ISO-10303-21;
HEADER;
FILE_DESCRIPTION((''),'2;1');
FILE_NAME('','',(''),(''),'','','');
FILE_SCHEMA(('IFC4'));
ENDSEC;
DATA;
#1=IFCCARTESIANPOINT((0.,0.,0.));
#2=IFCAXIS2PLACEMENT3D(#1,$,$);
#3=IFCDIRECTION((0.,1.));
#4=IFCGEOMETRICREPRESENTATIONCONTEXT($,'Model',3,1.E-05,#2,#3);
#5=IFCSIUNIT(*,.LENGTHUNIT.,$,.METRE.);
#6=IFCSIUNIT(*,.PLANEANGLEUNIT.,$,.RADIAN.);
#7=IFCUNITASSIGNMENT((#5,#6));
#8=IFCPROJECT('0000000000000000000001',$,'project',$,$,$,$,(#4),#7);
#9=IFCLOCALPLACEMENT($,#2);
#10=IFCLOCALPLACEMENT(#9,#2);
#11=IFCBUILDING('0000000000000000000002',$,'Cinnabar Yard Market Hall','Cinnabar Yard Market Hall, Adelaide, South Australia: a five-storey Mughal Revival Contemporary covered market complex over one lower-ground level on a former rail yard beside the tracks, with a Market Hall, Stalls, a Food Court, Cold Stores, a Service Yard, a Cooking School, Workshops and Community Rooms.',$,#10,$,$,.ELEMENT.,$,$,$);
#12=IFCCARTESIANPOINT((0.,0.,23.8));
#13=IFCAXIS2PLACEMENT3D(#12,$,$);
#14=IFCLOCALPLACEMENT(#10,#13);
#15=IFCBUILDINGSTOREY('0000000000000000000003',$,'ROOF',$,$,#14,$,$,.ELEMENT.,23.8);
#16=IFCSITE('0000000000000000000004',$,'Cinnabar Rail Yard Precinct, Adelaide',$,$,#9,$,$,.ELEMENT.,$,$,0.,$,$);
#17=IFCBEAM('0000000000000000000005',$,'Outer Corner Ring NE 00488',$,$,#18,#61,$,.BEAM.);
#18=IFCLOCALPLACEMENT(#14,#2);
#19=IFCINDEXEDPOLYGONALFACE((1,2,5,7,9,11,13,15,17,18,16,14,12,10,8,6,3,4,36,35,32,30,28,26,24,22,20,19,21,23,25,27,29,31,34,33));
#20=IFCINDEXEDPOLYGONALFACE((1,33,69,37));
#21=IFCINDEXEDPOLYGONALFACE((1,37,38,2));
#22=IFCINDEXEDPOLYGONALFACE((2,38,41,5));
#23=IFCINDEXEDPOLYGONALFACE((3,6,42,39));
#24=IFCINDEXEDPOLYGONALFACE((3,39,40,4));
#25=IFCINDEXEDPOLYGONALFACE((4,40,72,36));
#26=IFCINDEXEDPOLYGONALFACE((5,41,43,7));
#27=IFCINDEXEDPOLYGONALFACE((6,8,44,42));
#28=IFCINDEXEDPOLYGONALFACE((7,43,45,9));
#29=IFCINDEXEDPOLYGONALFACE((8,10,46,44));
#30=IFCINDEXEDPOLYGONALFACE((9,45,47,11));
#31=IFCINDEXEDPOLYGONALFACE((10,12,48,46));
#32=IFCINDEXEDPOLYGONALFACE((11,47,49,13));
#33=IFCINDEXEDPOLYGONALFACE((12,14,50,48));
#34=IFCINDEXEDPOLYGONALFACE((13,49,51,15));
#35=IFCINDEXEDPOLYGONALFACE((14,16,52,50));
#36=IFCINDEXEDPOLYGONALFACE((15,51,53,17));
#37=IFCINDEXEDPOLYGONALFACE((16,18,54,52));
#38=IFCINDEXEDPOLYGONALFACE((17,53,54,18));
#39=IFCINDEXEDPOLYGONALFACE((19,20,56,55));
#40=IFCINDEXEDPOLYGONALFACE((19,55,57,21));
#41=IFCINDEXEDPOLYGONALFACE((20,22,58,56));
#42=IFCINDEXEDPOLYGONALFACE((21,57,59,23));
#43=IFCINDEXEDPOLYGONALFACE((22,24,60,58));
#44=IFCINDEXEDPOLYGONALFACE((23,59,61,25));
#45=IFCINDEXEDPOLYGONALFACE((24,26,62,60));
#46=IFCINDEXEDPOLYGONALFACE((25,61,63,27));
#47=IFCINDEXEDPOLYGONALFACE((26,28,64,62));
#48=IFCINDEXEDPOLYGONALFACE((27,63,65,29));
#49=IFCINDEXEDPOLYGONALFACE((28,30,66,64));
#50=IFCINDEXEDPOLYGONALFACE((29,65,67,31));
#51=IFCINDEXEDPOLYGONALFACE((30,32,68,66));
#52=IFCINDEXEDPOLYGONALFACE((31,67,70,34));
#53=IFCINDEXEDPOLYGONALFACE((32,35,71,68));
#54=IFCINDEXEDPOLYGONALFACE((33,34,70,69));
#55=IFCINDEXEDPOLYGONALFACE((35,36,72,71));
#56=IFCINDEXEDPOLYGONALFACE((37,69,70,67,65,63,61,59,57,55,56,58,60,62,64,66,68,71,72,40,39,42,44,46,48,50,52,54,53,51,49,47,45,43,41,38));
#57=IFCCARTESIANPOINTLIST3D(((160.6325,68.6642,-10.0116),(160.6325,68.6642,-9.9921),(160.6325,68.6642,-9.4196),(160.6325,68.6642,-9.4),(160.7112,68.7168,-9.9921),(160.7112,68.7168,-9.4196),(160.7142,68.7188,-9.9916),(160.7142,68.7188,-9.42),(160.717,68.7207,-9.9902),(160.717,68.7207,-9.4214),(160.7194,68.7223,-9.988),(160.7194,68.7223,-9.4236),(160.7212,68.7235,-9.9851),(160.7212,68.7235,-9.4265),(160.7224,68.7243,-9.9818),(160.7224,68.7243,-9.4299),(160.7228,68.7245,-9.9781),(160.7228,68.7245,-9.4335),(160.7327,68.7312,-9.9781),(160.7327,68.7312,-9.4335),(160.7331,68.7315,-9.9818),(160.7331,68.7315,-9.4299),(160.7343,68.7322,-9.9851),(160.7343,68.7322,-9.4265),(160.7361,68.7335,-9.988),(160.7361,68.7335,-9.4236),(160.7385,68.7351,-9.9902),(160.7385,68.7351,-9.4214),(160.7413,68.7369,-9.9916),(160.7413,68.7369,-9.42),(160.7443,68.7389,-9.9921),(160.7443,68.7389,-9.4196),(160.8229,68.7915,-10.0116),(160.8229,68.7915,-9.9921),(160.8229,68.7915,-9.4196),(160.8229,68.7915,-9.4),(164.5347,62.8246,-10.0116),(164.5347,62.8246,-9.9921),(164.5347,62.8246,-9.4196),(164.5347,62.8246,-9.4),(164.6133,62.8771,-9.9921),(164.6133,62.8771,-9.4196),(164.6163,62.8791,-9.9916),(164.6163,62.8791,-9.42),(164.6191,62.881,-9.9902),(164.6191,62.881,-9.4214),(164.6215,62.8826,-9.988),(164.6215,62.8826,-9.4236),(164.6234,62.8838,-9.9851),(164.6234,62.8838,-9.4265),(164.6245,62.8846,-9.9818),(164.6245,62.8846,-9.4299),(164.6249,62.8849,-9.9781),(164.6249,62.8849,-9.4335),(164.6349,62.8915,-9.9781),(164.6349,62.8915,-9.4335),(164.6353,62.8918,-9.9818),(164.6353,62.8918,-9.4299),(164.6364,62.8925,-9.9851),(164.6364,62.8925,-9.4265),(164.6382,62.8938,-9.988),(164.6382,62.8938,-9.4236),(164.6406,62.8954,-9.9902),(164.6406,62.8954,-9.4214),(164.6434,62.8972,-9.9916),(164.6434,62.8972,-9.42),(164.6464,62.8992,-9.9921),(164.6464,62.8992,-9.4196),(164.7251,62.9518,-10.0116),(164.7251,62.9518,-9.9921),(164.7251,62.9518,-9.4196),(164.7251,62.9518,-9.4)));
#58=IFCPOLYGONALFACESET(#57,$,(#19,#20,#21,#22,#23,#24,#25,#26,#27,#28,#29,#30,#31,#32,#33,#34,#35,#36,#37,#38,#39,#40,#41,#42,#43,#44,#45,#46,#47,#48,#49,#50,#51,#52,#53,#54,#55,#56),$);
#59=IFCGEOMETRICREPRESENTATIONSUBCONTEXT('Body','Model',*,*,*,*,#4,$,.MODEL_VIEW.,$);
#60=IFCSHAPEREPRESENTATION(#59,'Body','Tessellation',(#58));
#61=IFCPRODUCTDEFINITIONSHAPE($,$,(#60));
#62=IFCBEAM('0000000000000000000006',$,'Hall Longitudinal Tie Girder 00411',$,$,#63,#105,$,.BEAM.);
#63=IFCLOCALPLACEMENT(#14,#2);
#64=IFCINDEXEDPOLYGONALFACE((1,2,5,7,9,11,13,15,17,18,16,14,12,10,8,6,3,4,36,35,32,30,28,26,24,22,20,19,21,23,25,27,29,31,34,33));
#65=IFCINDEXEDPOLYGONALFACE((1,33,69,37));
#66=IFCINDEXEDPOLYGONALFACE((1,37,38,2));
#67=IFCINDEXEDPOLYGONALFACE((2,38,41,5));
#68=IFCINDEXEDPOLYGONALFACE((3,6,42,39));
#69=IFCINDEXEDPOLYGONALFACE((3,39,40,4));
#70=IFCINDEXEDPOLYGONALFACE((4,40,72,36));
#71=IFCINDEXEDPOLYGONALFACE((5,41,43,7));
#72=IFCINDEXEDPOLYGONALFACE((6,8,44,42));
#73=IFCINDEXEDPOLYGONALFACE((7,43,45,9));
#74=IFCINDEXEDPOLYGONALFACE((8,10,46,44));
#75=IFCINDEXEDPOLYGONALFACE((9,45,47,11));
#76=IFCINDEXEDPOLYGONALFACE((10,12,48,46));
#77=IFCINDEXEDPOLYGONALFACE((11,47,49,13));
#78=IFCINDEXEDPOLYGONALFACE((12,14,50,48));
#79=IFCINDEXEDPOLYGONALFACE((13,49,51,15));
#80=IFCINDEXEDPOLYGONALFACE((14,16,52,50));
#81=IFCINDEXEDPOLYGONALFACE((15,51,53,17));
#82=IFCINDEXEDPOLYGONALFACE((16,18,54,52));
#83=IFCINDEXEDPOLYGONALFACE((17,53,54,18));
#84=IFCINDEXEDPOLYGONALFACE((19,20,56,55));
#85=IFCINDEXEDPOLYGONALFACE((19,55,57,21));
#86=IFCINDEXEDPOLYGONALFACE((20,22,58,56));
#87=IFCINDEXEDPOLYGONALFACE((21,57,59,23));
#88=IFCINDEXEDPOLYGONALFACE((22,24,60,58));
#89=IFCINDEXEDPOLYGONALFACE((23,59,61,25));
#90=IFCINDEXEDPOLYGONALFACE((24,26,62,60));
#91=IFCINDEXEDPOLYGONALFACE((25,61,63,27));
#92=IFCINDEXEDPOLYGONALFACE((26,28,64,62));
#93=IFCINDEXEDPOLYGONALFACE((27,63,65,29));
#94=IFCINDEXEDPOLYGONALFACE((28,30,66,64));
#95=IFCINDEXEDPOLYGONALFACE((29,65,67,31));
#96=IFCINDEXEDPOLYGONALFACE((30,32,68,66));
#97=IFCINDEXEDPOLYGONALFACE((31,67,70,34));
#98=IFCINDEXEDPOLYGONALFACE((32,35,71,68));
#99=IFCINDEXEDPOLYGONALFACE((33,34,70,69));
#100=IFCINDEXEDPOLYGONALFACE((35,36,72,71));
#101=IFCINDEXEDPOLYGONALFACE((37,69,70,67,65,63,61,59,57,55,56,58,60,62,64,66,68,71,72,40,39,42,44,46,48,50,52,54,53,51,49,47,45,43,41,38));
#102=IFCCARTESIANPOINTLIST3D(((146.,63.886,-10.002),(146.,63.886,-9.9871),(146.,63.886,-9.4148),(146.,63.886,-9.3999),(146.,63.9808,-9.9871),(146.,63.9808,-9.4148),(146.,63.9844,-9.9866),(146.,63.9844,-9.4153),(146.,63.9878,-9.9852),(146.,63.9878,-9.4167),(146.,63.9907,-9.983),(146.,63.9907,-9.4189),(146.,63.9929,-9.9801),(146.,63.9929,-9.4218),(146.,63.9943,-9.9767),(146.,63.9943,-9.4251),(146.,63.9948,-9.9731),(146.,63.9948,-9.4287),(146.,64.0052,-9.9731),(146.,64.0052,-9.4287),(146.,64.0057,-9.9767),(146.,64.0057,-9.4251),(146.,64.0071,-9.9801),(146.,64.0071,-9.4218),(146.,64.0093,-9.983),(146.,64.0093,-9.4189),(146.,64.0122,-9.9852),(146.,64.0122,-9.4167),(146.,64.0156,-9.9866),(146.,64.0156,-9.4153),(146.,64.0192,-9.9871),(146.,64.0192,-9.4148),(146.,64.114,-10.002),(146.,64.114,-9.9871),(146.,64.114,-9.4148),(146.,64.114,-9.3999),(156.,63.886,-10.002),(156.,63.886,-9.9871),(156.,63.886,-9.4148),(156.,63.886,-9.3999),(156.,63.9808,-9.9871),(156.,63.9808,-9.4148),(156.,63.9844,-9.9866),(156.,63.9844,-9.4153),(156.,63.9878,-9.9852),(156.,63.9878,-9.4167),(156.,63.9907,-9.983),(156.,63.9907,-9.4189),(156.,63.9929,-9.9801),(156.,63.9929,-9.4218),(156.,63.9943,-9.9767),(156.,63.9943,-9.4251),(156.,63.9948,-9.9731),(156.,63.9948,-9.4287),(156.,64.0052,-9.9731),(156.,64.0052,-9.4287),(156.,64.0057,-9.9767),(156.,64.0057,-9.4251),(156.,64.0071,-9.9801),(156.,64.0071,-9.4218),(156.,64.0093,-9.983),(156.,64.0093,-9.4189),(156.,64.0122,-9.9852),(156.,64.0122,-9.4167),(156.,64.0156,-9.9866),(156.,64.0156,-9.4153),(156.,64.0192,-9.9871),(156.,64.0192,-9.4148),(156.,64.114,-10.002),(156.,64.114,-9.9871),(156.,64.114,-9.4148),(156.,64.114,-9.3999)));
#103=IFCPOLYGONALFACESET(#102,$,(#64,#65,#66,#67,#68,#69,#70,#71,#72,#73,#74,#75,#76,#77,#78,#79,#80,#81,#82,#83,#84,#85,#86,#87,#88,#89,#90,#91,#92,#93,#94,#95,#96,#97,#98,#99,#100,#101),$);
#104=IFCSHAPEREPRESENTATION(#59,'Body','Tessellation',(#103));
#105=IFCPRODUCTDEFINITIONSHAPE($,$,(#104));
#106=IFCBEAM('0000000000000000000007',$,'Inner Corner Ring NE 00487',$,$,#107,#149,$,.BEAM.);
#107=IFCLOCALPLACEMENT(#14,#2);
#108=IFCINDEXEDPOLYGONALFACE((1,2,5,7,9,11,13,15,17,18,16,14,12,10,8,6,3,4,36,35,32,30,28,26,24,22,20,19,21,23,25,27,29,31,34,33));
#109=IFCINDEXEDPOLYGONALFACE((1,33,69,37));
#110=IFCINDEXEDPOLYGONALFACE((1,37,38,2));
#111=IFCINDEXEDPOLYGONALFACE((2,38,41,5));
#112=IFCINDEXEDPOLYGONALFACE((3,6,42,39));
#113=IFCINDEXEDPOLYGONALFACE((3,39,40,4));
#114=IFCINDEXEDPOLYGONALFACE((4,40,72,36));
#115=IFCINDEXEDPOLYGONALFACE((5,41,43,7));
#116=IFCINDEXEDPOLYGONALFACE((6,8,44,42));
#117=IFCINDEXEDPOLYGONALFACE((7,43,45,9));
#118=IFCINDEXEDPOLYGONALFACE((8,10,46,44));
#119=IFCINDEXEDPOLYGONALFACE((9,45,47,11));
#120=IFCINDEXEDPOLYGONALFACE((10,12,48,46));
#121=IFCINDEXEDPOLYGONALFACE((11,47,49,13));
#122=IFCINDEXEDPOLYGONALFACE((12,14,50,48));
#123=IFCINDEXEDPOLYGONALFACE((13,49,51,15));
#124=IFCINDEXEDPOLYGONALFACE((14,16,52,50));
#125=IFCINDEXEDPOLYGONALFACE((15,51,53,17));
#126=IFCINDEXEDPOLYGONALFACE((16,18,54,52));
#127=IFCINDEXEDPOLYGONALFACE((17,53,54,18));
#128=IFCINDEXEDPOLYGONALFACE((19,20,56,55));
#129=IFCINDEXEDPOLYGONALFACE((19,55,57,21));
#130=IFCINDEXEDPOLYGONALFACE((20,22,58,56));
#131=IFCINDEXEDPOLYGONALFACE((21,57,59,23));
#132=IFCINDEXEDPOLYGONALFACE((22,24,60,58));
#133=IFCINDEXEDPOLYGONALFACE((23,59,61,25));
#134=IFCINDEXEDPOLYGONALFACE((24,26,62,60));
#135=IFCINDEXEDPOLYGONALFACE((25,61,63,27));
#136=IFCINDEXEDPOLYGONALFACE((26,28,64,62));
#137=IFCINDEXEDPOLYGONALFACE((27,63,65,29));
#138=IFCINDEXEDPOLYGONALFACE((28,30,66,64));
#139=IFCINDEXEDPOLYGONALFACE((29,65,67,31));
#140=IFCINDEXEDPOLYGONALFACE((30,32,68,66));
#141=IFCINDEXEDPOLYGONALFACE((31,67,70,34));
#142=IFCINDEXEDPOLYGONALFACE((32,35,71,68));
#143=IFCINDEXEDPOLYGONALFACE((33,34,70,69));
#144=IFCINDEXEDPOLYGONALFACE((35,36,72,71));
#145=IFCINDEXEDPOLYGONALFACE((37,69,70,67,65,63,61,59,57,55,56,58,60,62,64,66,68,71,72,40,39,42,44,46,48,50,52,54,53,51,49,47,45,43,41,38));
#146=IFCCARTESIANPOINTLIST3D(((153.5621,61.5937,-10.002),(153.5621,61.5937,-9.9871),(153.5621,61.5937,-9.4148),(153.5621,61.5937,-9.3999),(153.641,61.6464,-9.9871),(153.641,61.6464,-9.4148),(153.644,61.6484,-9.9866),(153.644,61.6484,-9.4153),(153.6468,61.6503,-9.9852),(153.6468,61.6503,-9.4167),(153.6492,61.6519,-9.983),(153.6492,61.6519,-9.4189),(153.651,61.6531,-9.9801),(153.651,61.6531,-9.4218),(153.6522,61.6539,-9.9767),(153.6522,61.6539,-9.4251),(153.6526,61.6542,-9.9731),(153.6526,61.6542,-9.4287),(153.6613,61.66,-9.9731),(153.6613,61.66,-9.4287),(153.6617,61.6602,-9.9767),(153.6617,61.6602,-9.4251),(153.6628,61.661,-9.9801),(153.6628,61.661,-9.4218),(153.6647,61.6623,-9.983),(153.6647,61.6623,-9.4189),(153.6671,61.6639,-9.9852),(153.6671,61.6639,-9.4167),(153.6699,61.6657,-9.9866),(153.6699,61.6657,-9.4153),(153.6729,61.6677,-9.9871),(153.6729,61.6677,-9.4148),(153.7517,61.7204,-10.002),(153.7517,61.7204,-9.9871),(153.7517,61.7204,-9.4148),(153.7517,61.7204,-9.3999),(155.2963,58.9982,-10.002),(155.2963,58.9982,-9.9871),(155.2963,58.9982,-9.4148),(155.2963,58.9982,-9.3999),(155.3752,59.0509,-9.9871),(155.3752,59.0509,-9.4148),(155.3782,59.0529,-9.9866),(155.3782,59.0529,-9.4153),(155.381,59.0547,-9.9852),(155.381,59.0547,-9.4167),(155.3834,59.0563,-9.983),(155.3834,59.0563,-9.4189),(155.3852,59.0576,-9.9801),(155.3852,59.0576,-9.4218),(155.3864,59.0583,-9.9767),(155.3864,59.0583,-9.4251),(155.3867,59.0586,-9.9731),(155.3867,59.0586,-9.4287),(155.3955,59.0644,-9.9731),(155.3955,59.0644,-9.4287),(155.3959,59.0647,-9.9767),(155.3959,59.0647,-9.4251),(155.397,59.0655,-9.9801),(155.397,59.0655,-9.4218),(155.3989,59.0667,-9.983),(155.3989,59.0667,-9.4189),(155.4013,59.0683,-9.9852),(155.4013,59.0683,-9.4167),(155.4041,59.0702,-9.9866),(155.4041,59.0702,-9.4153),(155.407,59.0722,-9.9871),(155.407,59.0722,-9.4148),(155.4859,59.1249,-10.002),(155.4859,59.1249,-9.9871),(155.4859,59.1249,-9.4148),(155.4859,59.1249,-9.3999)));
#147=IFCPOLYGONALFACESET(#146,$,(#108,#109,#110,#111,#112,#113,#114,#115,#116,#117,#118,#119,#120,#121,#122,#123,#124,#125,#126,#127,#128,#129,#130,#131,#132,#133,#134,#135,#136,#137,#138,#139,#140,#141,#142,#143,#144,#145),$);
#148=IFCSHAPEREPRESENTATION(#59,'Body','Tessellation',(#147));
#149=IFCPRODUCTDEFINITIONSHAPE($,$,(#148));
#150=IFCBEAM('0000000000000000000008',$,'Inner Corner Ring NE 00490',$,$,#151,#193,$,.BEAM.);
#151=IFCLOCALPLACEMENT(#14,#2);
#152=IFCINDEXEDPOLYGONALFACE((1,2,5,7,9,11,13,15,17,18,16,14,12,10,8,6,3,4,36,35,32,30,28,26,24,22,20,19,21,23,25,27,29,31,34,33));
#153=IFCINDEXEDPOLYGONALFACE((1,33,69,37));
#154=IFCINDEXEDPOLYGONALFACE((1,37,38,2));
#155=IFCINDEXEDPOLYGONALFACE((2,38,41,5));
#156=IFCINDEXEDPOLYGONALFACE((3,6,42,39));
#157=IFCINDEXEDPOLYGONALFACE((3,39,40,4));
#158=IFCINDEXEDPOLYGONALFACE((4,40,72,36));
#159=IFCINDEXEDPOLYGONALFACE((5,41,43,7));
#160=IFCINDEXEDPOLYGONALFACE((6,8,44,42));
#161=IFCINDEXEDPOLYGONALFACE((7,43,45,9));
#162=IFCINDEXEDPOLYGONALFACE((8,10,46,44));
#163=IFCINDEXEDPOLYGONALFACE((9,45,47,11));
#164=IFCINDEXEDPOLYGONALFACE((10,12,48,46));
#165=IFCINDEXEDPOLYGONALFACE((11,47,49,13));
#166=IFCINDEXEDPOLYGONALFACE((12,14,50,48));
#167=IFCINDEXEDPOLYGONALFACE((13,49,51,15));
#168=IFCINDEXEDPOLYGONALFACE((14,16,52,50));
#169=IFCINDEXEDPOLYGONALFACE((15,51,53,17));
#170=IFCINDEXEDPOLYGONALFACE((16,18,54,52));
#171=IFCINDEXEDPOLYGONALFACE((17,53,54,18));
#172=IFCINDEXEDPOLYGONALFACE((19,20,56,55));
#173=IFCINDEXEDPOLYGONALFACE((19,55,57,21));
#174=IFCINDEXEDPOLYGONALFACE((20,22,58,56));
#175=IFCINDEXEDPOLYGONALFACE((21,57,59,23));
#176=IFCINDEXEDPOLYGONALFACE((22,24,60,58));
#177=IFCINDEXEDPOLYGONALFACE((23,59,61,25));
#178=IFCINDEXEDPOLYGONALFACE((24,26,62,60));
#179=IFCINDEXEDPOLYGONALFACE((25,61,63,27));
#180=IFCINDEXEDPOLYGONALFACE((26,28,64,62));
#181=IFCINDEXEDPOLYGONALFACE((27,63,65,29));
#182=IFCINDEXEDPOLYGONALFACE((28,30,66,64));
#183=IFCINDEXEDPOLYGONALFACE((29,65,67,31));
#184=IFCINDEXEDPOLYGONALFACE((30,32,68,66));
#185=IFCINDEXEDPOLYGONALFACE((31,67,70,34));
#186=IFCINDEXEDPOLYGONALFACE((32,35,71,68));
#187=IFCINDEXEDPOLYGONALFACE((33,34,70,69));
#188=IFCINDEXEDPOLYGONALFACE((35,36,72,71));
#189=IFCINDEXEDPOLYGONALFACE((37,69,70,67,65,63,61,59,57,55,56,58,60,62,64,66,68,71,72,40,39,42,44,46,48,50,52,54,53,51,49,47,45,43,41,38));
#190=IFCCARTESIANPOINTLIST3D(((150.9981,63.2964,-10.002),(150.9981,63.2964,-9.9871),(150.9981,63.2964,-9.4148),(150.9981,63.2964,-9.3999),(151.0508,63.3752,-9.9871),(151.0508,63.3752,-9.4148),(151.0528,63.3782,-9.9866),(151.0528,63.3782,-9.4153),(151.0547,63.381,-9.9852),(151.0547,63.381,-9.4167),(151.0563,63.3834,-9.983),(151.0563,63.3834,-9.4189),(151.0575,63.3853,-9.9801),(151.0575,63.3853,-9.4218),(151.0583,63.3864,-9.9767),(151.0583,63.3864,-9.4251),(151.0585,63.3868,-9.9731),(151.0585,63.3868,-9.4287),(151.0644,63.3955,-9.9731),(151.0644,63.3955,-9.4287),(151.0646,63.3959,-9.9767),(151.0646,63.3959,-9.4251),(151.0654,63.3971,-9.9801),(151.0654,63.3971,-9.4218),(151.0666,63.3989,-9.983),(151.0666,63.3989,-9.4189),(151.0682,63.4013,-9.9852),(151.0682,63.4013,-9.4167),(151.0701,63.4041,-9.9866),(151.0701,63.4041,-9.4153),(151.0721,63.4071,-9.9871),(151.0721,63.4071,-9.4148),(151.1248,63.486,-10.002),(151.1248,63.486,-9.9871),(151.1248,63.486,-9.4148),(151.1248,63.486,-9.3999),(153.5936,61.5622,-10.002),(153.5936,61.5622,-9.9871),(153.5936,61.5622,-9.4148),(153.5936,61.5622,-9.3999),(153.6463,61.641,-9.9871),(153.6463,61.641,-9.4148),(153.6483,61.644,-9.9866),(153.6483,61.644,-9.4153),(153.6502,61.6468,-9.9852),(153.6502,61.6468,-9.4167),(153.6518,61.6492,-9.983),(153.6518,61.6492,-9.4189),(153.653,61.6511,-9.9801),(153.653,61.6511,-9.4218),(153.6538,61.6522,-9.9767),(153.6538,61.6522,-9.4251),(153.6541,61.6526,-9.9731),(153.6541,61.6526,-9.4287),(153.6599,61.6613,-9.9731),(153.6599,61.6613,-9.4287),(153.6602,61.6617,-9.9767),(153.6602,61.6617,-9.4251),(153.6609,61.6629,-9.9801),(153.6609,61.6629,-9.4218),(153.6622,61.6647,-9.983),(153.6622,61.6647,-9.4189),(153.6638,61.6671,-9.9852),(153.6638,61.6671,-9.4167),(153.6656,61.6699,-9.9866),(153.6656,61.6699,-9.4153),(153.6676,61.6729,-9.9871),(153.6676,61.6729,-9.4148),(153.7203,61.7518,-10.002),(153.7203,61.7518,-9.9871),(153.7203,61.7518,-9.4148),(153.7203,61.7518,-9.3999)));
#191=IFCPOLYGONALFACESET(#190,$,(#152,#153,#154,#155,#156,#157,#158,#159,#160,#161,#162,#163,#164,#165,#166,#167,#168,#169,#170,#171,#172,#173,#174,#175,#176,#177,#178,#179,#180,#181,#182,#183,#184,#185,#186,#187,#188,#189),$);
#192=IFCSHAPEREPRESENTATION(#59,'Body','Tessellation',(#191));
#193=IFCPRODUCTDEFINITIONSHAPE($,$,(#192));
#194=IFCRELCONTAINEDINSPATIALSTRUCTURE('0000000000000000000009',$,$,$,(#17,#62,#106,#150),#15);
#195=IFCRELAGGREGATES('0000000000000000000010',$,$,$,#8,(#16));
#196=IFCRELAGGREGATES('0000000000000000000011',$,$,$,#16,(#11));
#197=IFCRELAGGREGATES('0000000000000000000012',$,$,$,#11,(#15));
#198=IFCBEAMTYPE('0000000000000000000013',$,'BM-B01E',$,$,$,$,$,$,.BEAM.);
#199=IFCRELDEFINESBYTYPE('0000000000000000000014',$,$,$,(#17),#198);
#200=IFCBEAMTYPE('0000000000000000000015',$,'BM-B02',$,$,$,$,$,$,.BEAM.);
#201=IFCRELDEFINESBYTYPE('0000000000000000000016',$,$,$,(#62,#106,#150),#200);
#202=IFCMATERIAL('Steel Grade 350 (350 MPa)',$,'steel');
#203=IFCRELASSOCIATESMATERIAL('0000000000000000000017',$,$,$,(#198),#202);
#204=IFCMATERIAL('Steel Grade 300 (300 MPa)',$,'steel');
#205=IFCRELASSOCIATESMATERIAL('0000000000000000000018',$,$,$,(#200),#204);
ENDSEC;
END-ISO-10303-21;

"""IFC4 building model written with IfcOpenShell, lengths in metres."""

from ifc_helpers import new_model, si_unit, direction, frame, origin, origin_2d_with_axis, place, context, subcontext, project, spatial, i_section, extrude, material, material_profile, profile_set, type_object, element, save


model = new_model("IFC4")

# Units and contexts
model_context = context("Model", 3, precision=1e-05, world=origin(), true_north=direction((0.0, 1.0)))
body_context = subcontext(model_context, "Body", "Model", "MODEL_VIEW")
ifc_project = project(units=[si_unit("LENGTHUNIT", "METRE"), si_unit("PLANEANGLEUNIT", "RADIAN")], contexts=[model_context])

# Site, building, storey
site_placement = place(None, origin())
site = spatial("IfcSite", under=ifc_project, at=site_placement, Name="Cinnabar Rail Yard Precinct, Adelaide", CompositionType="ELEMENT", RefElevation=0.0)
building_placement = place(site_placement, origin())
building = spatial("IfcBuilding", under=site, at=building_placement, Name="Cinnabar Yard Market Hall", Description="Cinnabar Yard Market Hall, Adelaide, South Australia: a five-storey Mughal Revival Contemporary covered market complex over one lower-ground level on a former rail yard beside the tracks, with a Market Hall, Stalls, a Food Court, Cold Stores, a Service Yard, a Cooking School, Workshops and Community Rooms.", CompositionType="ELEMENT")
storey_placement = place(building_placement, frame((0.0, 0.0, 23.8)))
storey = spatial("IfcBuildingStorey", under=building, at=storey_placement, Name="ROOF", CompositionType="ELEMENT", Elevation=23.8)

# Beams
ifc_material_1 = material(Name="Steel Grade 350 (350 MPa)", Category="steel")
ifc_material_profile_1 = material_profile(ifc_material_1, i_section(OverallWidth=0.229, OverallDepth=0.6116, WebThickness=0.012, FlangeThickness=0.0195, FilletRadius=0.0139, at=origin_2d_with_axis()), Name="610UB125")
ifc_profile_set_1 = profile_set([ifc_material_profile_1], Name="Steel Grade 350 (350 MPa)")
beam_type_1 = type_object("IfcBeamType", Name="BM-B01E", PredefinedType="BEAM", material=ifc_profile_set_1)
beam_1_placement = place(storey_placement, frame((164.6299, 62.8882, -9.7058), z_axis=(-0.55559, 0.831456, 0.0), x_axis=(-0.831456, -0.55559, 0.0)))
element("IfcBeam", 1, at=beam_1_placement, inside=storey, type_object=beam_type_1, Name="Outer Corner Ring NE 00488", PredefinedType="BEAM", context=body_context, shape_type="SweptSolid", body=[
    extrude(i_section(OverallWidth=0.229, OverallDepth=0.6116, WebThickness=0.012, FlangeThickness=0.0195, FilletRadius=0.0139, at=origin_2d_with_axis()), origin(), (0.0, 0.0, 1.0), 7.0234),
])
ifc_material_2 = material(Name="Steel Grade 300 (300 MPa)", Category="steel")
ifc_material_profile_2 = material_profile(ifc_material_2, i_section(OverallWidth=0.228, OverallDepth=0.6021, WebThickness=0.0105, FlangeThickness=0.0149, FilletRadius=0.0139, at=origin_2d_with_axis()), Name="610UB101")
ifc_profile_set_2 = profile_set([ifc_material_profile_2], Name="Steel Grade 300 (300 MPa)")
beam_type_2 = type_object("IfcBeamType", Name="BM-B02", PredefinedType="BEAM", material=ifc_profile_set_2)
beam_2_placement = place(storey_placement, frame((146.0, 64.0, -9.7009), z_axis=(1.0, 0.0, 0.0), x_axis=(0.0, 1.0, 0.0)))
element("IfcBeam", 2, at=beam_2_placement, inside=storey, type_object=beam_type_2, Name="Hall Longitudinal Tie Girder 00411", PredefinedType="BEAM", context=body_context, shape_type="SweptSolid", body=[
    extrude(i_section(OverallWidth=0.228, OverallDepth=0.6021, WebThickness=0.0105, FlangeThickness=0.0149, FilletRadius=0.0139, at=origin_2d_with_axis()), origin(), (0.0, 0.0, 1.0), 10.0),
])
for number, where, z_axis, x_axis, name in (
    (3, (155.3911, 59.0615, -9.7009), (-0.555548, 0.831484, 0.0), (-0.831484, -0.555548, 0.0), "Inner Corner Ring NE 00487"),
    (4, (153.657, 61.657, -9.7009), (-0.831484, 0.555548, 0.0), (-0.555548, -0.831484, 0.0), "Inner Corner Ring NE 00490"),
):
    element("IfcBeam", number, at=place(storey_placement, frame(where, z_axis=z_axis, x_axis=x_axis)), inside=storey, type_object=beam_type_2, Name=name, PredefinedType="BEAM", context=body_context, shape_type="SweptSolid", body=[
        extrude(i_section(OverallWidth=0.228, OverallDepth=0.6021, WebThickness=0.0105, FlangeThickness=0.0149, FilletRadius=0.0139, at=origin_2d_with_axis()), origin(), (0.0, 0.0, 1.0), 3.1216),
    ])

save(model, "model.ifc")
